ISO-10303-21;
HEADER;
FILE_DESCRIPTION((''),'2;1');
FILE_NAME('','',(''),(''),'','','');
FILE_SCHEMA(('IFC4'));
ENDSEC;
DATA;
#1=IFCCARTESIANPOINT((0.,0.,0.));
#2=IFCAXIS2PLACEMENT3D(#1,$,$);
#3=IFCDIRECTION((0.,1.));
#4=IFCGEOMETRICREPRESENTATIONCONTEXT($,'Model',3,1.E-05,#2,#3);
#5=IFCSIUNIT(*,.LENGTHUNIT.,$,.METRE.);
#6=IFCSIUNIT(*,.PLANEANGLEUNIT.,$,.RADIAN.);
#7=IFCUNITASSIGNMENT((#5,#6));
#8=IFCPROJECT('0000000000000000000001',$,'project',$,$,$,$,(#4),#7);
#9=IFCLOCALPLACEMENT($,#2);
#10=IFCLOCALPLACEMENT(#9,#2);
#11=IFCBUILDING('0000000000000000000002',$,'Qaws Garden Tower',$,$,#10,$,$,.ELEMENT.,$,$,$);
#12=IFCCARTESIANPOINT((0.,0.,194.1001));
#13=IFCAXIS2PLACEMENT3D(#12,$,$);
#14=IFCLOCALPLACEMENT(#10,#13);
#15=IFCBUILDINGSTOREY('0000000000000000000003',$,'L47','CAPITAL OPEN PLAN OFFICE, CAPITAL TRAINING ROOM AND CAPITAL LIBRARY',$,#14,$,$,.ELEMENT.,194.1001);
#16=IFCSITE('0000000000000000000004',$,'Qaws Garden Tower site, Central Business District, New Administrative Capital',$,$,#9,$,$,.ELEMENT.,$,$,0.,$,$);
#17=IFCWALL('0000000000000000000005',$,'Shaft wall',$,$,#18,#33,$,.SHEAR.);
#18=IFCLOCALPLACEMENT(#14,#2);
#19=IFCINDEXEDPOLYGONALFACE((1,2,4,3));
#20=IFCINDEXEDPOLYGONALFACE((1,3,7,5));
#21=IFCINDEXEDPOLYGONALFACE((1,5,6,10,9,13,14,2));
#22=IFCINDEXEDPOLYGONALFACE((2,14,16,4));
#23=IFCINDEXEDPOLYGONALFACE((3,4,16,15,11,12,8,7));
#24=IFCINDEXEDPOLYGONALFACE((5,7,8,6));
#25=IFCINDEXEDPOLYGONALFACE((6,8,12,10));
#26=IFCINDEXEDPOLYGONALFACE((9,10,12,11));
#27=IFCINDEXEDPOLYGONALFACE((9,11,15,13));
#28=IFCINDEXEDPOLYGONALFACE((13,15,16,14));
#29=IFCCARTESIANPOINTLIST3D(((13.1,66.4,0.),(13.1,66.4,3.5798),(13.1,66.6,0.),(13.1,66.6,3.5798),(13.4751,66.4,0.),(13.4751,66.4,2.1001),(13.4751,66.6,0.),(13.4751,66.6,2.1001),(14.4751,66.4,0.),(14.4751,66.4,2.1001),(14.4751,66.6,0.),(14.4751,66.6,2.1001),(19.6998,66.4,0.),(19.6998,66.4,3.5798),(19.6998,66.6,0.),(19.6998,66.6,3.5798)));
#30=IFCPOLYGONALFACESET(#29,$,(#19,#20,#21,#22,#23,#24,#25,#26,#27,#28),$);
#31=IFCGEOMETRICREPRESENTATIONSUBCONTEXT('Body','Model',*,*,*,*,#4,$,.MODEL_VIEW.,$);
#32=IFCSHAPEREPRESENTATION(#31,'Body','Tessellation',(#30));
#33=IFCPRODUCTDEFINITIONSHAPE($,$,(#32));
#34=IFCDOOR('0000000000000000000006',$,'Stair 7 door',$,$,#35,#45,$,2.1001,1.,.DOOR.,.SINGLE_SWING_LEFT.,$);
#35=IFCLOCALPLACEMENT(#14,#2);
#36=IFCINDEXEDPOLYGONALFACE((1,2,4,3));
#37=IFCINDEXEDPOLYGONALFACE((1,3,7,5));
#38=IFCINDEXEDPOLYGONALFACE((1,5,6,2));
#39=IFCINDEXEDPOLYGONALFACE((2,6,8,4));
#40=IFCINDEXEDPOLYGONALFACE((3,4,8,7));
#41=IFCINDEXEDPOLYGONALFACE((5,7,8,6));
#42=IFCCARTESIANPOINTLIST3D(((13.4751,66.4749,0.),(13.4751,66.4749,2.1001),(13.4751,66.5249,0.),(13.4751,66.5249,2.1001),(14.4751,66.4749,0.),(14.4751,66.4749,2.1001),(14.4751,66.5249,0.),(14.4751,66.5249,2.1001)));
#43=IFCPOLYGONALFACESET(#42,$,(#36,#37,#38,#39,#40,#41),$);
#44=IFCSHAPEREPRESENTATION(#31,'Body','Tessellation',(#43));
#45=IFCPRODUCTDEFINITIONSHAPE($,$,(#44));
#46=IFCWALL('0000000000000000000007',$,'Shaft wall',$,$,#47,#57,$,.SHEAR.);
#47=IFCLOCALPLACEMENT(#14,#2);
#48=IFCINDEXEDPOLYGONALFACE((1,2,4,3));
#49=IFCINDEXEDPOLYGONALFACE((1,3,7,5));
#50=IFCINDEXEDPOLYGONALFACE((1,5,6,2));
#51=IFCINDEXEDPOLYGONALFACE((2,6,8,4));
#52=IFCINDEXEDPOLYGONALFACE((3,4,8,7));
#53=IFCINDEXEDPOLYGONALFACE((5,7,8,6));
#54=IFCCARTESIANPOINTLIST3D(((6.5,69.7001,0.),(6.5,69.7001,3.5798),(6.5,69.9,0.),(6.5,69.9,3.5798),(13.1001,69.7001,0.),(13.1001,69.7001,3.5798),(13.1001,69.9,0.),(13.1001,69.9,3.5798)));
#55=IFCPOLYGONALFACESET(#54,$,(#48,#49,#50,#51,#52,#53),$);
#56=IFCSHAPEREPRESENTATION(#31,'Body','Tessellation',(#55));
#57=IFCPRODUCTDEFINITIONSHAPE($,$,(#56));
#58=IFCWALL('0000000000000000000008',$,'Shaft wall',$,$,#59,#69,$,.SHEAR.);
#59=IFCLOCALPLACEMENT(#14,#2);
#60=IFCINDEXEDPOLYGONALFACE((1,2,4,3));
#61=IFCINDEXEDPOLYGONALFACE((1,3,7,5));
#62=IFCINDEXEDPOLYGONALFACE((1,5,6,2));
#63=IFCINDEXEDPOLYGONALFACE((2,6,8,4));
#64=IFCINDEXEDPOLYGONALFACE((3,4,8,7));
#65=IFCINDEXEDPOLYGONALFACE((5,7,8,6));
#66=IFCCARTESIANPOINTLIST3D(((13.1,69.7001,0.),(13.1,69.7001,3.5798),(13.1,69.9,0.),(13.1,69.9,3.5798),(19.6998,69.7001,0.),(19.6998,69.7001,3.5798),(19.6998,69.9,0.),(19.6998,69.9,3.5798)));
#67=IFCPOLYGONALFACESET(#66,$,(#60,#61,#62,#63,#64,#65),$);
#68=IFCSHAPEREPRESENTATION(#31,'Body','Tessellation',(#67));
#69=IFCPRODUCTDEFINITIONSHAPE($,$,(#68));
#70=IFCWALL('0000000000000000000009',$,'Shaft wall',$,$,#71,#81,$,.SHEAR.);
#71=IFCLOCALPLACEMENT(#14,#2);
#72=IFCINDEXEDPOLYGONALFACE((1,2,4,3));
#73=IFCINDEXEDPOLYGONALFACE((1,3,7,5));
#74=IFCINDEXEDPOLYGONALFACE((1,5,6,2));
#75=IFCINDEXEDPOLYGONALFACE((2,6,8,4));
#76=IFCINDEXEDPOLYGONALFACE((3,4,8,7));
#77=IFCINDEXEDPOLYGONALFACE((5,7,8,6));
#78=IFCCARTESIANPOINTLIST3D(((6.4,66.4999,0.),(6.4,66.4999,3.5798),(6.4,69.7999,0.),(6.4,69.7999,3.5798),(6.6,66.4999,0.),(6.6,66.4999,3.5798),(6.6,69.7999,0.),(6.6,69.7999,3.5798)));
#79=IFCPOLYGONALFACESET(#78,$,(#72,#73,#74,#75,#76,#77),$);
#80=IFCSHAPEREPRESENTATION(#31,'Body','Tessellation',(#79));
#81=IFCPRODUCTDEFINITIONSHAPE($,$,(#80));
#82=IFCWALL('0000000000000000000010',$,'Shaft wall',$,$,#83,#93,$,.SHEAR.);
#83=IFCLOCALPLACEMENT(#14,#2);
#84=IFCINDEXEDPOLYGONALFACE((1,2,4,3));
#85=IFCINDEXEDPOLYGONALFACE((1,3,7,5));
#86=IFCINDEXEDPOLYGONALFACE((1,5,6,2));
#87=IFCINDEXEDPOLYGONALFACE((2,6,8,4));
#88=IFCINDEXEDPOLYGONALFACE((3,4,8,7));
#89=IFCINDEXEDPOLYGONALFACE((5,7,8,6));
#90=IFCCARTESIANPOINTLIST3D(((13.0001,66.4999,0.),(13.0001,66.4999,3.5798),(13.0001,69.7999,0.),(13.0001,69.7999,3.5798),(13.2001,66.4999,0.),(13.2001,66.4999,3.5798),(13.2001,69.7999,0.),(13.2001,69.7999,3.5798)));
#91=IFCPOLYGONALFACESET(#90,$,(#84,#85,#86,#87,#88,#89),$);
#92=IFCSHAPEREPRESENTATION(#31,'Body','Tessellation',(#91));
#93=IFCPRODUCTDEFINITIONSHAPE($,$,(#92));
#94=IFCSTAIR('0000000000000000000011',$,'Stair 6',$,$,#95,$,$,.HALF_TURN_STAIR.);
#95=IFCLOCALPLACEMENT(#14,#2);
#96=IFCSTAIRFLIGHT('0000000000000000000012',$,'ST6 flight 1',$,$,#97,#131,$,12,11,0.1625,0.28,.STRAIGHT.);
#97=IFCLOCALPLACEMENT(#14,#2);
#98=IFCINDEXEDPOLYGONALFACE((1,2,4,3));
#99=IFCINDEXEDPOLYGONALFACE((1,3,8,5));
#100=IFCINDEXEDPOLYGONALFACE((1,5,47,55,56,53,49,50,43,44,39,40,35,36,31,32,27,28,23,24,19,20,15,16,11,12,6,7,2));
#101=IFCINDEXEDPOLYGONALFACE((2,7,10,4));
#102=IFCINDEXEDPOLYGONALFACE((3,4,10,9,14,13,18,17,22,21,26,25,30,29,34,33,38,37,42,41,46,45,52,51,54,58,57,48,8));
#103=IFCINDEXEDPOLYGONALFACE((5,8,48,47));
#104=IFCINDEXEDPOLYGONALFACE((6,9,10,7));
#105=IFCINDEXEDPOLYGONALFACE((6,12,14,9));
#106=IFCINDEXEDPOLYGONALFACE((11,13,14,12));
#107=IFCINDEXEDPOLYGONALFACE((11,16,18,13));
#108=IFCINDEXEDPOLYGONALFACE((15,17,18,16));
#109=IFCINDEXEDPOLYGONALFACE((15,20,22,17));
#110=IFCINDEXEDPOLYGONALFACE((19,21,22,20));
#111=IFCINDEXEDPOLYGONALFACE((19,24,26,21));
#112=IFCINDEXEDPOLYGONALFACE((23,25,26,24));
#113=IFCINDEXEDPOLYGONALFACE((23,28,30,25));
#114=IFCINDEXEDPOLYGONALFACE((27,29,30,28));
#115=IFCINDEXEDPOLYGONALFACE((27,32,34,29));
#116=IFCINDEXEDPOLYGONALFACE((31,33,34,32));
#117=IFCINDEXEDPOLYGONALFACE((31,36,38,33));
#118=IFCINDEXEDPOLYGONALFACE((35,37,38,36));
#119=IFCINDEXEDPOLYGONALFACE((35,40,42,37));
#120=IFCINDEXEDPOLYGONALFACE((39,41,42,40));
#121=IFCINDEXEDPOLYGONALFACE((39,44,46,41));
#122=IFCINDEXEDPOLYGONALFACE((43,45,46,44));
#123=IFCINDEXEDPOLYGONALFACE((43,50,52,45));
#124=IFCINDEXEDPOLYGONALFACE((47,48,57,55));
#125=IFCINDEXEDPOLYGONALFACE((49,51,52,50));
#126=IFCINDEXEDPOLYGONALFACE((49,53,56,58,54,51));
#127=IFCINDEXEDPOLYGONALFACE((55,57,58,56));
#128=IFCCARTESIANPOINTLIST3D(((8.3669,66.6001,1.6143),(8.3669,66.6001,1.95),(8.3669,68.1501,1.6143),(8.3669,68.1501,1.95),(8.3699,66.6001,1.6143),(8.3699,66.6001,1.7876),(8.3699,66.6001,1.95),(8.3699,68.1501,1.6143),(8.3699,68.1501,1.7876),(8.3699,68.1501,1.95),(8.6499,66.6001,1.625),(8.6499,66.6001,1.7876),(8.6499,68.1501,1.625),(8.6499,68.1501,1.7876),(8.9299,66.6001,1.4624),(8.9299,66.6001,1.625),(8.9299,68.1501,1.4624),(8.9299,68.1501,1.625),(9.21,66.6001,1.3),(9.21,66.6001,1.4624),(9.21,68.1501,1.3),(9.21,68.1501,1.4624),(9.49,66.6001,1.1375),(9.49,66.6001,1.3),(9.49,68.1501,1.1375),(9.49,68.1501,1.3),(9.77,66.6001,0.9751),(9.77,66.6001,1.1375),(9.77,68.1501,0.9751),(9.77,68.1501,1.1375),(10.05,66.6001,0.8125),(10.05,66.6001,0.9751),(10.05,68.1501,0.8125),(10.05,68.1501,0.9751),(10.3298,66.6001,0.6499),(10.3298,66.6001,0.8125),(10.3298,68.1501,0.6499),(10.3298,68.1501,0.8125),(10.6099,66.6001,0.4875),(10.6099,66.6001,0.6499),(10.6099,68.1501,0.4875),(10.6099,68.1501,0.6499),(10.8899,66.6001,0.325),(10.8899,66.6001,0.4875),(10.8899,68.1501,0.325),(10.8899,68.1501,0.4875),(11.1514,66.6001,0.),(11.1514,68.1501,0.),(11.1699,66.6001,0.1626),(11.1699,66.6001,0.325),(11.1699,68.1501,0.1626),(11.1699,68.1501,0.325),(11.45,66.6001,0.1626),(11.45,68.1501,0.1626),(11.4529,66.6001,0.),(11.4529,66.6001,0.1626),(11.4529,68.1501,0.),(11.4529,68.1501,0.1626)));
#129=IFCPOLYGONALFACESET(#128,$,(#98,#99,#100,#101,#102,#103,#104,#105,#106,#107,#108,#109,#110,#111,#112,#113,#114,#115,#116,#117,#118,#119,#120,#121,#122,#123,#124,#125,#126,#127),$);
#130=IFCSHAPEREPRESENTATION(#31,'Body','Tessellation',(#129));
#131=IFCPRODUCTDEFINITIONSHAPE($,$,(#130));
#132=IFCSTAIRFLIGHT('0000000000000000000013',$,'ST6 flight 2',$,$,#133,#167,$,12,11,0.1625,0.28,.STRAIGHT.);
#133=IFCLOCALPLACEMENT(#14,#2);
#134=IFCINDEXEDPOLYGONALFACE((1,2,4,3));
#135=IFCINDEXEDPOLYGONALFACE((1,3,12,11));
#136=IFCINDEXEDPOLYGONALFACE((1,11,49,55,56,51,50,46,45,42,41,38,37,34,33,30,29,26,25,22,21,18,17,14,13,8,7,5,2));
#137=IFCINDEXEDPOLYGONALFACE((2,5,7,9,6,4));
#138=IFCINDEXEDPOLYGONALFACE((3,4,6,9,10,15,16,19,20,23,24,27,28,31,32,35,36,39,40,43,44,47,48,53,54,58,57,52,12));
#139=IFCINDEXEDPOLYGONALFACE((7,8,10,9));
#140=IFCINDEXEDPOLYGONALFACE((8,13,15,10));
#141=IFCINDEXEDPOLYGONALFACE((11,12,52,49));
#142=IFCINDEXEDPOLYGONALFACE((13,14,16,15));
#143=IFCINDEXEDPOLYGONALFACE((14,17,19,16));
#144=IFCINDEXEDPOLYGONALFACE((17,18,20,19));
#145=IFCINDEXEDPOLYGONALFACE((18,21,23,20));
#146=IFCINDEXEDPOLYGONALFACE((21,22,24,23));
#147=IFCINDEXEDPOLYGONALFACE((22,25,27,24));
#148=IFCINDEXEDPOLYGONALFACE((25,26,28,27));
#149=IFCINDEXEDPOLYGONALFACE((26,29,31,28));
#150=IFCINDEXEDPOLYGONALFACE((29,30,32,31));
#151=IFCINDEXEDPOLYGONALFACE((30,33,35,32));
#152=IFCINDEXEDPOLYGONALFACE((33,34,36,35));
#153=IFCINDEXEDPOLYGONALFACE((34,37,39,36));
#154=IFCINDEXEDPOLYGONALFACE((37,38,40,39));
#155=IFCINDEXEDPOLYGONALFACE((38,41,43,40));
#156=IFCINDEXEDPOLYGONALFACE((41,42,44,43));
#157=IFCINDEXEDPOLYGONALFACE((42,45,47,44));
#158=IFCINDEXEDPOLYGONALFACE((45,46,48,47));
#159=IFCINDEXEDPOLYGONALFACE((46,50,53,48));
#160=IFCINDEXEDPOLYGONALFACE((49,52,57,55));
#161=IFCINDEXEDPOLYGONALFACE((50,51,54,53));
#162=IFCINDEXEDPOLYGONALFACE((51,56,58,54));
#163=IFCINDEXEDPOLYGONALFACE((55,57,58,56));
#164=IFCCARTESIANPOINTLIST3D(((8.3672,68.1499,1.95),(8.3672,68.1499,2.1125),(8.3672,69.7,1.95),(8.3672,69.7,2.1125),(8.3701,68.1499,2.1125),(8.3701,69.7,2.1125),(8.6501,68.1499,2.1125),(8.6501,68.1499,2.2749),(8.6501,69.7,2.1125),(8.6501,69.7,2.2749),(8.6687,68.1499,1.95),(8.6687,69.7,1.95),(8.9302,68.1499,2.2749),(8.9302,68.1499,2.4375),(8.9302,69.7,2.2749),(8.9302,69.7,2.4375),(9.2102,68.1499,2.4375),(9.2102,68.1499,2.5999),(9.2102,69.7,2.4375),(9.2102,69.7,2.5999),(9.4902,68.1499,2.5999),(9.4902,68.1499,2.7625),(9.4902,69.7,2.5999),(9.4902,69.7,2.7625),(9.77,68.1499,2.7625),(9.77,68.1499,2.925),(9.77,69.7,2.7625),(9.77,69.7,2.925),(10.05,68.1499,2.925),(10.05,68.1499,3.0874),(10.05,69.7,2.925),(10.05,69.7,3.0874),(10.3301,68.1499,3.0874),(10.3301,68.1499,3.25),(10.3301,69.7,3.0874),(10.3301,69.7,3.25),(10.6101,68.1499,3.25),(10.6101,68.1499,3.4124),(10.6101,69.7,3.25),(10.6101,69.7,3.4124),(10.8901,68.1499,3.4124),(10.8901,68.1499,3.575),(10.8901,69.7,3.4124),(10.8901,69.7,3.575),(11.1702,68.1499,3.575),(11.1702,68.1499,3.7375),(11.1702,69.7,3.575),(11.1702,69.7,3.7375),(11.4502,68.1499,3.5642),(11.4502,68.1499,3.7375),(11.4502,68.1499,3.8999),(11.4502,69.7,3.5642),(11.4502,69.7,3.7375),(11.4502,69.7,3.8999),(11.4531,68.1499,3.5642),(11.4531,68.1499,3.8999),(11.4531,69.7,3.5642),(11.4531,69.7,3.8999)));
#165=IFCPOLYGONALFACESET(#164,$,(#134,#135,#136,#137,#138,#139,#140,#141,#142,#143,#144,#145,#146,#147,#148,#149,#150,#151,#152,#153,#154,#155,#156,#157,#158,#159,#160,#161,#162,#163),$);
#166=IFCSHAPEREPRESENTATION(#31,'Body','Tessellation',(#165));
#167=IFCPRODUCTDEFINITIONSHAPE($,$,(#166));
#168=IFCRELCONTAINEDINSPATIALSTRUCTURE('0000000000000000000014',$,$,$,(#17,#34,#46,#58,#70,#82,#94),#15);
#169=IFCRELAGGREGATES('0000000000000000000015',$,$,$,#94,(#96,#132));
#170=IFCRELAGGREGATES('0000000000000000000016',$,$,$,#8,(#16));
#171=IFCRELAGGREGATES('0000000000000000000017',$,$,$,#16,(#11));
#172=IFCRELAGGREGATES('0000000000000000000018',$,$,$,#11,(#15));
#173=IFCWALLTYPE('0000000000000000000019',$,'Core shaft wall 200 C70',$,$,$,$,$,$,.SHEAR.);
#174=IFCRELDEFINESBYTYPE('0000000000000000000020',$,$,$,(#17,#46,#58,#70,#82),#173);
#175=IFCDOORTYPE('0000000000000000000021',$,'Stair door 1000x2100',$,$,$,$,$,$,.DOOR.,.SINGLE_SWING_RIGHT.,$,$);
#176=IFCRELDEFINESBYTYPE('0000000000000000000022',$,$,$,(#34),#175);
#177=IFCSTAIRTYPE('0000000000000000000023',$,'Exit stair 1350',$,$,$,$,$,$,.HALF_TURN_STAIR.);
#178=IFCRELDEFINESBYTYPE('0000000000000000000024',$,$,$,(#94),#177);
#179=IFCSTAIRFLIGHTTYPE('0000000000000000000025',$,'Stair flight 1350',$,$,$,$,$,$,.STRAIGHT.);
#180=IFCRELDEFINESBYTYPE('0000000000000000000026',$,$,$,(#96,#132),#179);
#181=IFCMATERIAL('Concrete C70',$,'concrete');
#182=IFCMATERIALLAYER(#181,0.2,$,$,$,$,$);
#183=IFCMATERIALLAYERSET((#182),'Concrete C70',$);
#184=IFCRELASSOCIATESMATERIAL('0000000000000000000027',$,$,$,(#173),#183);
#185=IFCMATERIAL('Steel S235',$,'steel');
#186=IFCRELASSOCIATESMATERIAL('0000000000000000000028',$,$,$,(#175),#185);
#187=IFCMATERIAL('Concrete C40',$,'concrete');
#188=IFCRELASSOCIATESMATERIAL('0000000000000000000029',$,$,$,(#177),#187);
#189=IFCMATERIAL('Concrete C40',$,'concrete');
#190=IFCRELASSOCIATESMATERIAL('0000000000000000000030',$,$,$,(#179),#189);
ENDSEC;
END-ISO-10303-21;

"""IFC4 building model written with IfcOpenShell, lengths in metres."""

from ifc_helpers import new_model, si_unit, direction, frame, frame_2d, origin, place, context, subcontext, project, spatial, polyline, rectangle, outline, extrude, material, layer, layer_set, type_object, element, fill, aggregate, save


model = new_model("IFC4")

# Units and contexts
model_context = context("Model", 3, precision=1e-05, world=origin(), true_north=direction((0.0, 1.0)))
body_context = subcontext(model_context, "Body", "Model", "MODEL_VIEW")
ifc_project = project(units=[si_unit("LENGTHUNIT", "METRE"), si_unit("PLANEANGLEUNIT", "RADIAN")], contexts=[model_context])

# Site, building, storey
site_placement = place(None, origin())
site = spatial("IfcSite", under=ifc_project, at=site_placement, Name="Qaws Garden Tower site, Central Business District, New Administrative Capital", CompositionType="ELEMENT", RefElevation=0.0)
building_placement = place(site_placement, origin())
building = spatial("IfcBuilding", under=site, at=building_placement, Name="Qaws Garden Tower", CompositionType="ELEMENT")
storey_placement = place(building_placement, frame((0.0, 0.0, 194.1001)))
storey = spatial("IfcBuildingStorey", under=building, at=storey_placement, Name="L47", Description="CAPITAL OPEN PLAN OFFICE, CAPITAL TRAINING ROOM AND CAPITAL LIBRARY", CompositionType="ELEMENT", Elevation=194.1001)

# Wall, opening, door
ifc_material_1 = material(Name="Concrete C70", Category="concrete")
ifc_layer_1 = layer(ifc_material_1, 0.2)
ifc_layer_set_1 = layer_set([ifc_layer_1], Name="Concrete C70")
wall_type_1 = type_object("IfcWallType", Name="Core shaft wall 200 C70", PredefinedType="SHEAR", material=ifc_layer_set_1)
wall_1_placement = place(storey_placement, frame((13.1001, 66.5, 0.0), z_axis=(0.0, 0.0, 1.0), x_axis=(1.0, 0.0, 0.0)))
wall_1 = element("IfcWall", 1, at=wall_1_placement, inside=storey, type_object=wall_type_1, Name="Shaft wall", PredefinedType="SHEAR", context=body_context, shape_type="SweptSolid", body=[
    extrude(rectangle(XDim=6.5999, YDim=0.2, at=frame_2d((3.2998, 0.0))), origin(), (0.0, 0.0, 1.0), 3.5798),
])
opening_1_placement = place(wall_1_placement, frame((0.375, 0.0, 0.0)))
opening_1 = element("IfcOpeningElement", 2, at=opening_1_placement, cuts=wall_1, PredefinedType="OPENING", context=body_context, shape_type="SweptSolid", body=[
    extrude(rectangle(XDim=1.0, YDim=2.1001, at=frame_2d((0.5, 1.05))), frame((0.0, 0.1099, 0.0), z_axis=(0.0, -1.0, 0.0), x_axis=(1.0, 0.0, 0.0)), (0.0, 0.0, 1.0), 0.22),
])
ifc_material_2 = material(Name="Steel S235", Category="steel")
door_type = type_object("IfcDoorType", Name="Stair door 1000x2100", OperationType="SINGLE_SWING_RIGHT", PredefinedType="DOOR", material=ifc_material_2)
door_placement = place(opening_1_placement, origin())
door = element("IfcDoor", 3, at=door_placement, inside=storey, type_object=door_type, Name="Stair 7 door", OperationType="SINGLE_SWING_LEFT", OverallHeight=2.1001, OverallWidth=1.0, PredefinedType="DOOR", context=body_context, shape_type="SweptSolid", body=[
    extrude(rectangle(XDim=1.0, YDim=2.1001, at=frame_2d((0.5, 1.05))), frame((0.0, 0.0249, 0.0), z_axis=(0.0, -1.0, 0.0), x_axis=(1.0, 0.0, 0.0)), (0.0, 0.0, 1.0), 0.05),
])
fill(opening_1, door)

# Walls
wall_2_placement = place(storey_placement, frame((6.5, 69.8, 0.0), z_axis=(0.0, 0.0, 1.0), x_axis=(1.0, 0.0, 0.0)))
element("IfcWall", 4, at=wall_2_placement, inside=storey, type_object=wall_type_1, Name="Shaft wall", PredefinedType="SHEAR", context=body_context, shape_type="SweptSolid", body=[
    extrude(rectangle(XDim=6.6001, YDim=0.2, at=frame_2d((3.3, 0.0))), origin(), (0.0, 0.0, 1.0), 3.5798),
])
wall_3_placement = place(storey_placement, frame((13.1001, 69.8, 0.0), z_axis=(0.0, 0.0, 1.0), x_axis=(1.0, 0.0, 0.0)))
element("IfcWall", 5, at=wall_3_placement, inside=storey, type_object=wall_type_1, Name="Shaft wall", PredefinedType="SHEAR", context=body_context, shape_type="SweptSolid", body=[
    extrude(rectangle(XDim=6.5999, YDim=0.2, at=frame_2d((3.2998, 0.0))), origin(), (0.0, 0.0, 1.0), 3.5798),
])
for number, where, z_axis, x_axis, name in (
    (6, (6.5, 66.5, 0.0), (0.0, 0.0, 1.0), (0.0, 1.0, 0.0), "Shaft wall"),
    (7, (13.1001, 66.5, 0.0), (0.0, 0.0, 1.0), (0.0, 1.0, 0.0), "Shaft wall"),
):
    element("IfcWall", number, at=place(storey_placement, frame(where, z_axis=z_axis, x_axis=x_axis)), inside=storey, type_object=wall_type_1, Name=name, PredefinedType="SHEAR", context=body_context, shape_type="SweptSolid", body=[
        extrude(rectangle(XDim=3.3, YDim=0.2, at=frame_2d((1.6499, 0.0))), origin(), (0.0, 0.0, 1.0), 3.5798),
    ])

# Stair, stair flights
ifc_material_3 = material(Name="Concrete C40", Category="concrete")
stair_type = type_object("IfcStairType", Name="Exit stair 1350", PredefinedType="HALF_TURN_STAIR", material=ifc_material_3)
placement = place(storey_placement, origin())
stair_1 = element("IfcStair", 8, at=placement, inside=storey, type_object=stair_type, Name="Stair 6", PredefinedType="HALF_TURN_STAIR")
ifc_material_4 = material(Name="Concrete C40", Category="concrete")
stair_flight_type = type_object("IfcStairFlightType", Name="Stair flight 1350", PredefinedType="STRAIGHT", material=ifc_material_4)
stair_flight_1_placement = place(storey_placement, frame((11.45, 67.375, 0.0), z_axis=(0.0, 0.0, 1.0), x_axis=(-1.0, 0.0, 0.0)))
stair_flight_1 = element("IfcStairFlight", 9, at=stair_flight_1_placement, type_object=stair_flight_type, Name="ST6 flight 1", NumberOfRisers=12, NumberOfTreads=11, PredefinedType="STRAIGHT", RiserHeight=0.1625, TreadLength=0.28, context=body_context, shape_type="SweptSolid", body=[
    extrude(outline(polyline([(-0.0029, 0.0), (-0.0029, 0.1626), (0.0, 0.1626), (0.28, 0.1626), (0.28, 0.325), (0.5601, 0.325), (0.5601, 0.4875), (0.8401, 0.4875), (0.8401, 0.6499), (1.1201, 0.6499), (1.1201, 0.8125), (1.3999, 0.8125), (1.3999, 0.9751), (1.6799, 0.9751), (1.6799, 1.1375), (1.96, 1.1375), (1.96, 1.3), (2.24, 1.3), (2.24, 1.4624), (2.52, 1.4624), (2.52, 1.625), (2.8, 1.625), (2.8, 1.7876), (3.0801, 1.7876), (3.0801, 1.95), (3.083, 1.95), (3.083, 1.6143), (3.0801, 1.6143), (0.2986, 0.0), (-0.0029, 0.0)])), frame((0.0, 0.7749, 0.0), z_axis=(0.0, -1.0, 0.0), x_axis=(1.0, 0.0, 0.0)), (0.0, 0.0, 1.0), 1.55),
])
stair_flight_2_placement = place(storey_placement, frame((8.3701, 68.925, 1.95), z_axis=(0.0, 0.0, 1.0), x_axis=(1.0, 0.0, 0.0)))
stair_flight_2 = element("IfcStairFlight", 10, at=stair_flight_2_placement, type_object=stair_flight_type, Name="ST6 flight 2", NumberOfRisers=12, NumberOfTreads=11, PredefinedType="STRAIGHT", RiserHeight=0.1625, TreadLength=0.28, context=body_context, shape_type="SweptSolid", body=[
    extrude(outline(polyline([(-0.0029, 0.0), (-0.0029, 0.1626), (0.0, 0.1626), (0.28, 0.1626), (0.28, 0.325), (0.5601, 0.325), (0.5601, 0.4875), (0.8401, 0.4875), (0.8401, 0.6499), (1.1201, 0.6499), (1.1201, 0.8125), (1.3999, 0.8125), (1.3999, 0.9751), (1.6799, 0.9751), (1.6799, 1.1375), (1.96, 1.1375), (1.96, 1.3), (2.24, 1.3), (2.24, 1.4624), (2.52, 1.4624), (2.52, 1.625), (2.8, 1.625), (2.8, 1.7876), (3.0801, 1.7876), (3.0801, 1.95), (3.083, 1.95), (3.083, 1.6143), (3.0801, 1.6143), (0.2986, 0.0), (-0.0029, 0.0)])), frame((0.0, 0.7749, 0.0), z_axis=(0.0, -1.0, 0.0), x_axis=(1.0, 0.0, 0.0)), (0.0, 0.0, 1.0), 1.55),
])
aggregate(stair_1, [stair_flight_1, stair_flight_2])

save(model, "model.ifc")
